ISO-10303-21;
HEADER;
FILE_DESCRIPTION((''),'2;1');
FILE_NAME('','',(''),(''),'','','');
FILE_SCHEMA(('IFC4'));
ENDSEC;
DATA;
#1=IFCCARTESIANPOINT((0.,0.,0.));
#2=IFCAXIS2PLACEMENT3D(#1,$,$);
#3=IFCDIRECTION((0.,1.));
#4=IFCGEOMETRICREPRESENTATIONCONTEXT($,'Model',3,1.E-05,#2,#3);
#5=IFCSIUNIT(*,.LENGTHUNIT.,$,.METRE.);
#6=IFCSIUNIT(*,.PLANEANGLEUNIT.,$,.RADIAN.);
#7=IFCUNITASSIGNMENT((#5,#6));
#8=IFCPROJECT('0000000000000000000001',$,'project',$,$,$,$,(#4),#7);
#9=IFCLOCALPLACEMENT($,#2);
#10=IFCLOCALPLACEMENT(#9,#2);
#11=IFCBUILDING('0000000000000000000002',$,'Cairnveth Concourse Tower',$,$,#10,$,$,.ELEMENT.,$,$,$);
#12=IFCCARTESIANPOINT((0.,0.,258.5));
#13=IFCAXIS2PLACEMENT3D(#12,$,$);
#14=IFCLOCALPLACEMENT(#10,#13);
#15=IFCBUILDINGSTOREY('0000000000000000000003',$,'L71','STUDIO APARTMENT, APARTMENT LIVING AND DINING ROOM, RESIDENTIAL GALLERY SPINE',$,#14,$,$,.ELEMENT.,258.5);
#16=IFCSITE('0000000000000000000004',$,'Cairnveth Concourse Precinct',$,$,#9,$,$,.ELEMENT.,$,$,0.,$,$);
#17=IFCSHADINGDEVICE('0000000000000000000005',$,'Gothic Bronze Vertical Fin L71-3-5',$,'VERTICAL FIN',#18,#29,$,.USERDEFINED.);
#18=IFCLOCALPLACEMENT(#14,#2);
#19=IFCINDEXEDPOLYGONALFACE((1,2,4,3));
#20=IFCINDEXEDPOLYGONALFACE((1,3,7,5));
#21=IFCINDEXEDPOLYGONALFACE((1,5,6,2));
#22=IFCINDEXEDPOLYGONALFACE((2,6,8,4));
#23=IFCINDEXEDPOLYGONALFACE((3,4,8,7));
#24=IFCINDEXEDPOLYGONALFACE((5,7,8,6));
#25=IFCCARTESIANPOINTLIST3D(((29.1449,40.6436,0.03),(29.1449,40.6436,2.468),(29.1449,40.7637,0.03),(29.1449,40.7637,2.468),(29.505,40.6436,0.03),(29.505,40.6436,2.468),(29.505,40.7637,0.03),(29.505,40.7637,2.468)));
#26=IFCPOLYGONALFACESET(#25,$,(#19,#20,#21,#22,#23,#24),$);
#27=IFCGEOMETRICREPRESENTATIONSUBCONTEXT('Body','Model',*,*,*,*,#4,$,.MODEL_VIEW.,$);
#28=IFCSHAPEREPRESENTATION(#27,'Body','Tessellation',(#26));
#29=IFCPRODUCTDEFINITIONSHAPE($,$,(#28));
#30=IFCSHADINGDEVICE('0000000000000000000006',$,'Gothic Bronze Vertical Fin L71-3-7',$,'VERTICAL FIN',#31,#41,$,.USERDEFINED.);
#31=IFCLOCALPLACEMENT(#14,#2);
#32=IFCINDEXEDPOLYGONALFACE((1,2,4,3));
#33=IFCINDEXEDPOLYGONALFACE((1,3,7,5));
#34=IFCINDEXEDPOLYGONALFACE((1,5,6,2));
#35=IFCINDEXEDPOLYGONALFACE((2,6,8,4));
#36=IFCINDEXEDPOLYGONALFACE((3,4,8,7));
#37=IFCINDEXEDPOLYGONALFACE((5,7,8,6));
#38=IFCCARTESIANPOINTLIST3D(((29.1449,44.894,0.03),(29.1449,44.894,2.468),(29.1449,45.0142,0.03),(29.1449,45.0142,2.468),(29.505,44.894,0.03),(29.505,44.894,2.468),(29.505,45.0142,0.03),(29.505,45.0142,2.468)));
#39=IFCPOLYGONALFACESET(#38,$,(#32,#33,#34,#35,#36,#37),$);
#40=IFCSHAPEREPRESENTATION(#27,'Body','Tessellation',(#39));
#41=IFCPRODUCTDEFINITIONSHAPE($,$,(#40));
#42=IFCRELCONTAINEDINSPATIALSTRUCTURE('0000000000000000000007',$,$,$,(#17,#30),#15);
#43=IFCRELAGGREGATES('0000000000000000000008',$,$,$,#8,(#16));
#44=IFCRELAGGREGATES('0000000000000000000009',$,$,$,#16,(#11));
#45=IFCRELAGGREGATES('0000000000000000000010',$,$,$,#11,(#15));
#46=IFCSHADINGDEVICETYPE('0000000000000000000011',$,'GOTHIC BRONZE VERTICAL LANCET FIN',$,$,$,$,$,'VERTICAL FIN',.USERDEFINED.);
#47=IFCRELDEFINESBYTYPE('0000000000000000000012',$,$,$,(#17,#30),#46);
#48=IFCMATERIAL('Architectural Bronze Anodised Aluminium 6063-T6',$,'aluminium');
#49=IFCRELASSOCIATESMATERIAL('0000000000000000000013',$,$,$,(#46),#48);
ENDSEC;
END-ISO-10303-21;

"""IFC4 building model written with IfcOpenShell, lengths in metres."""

from ifc_helpers import new_model, si_unit, direction, frame, origin, origin_2d, place, context, subcontext, project, spatial, rectangle, extrude, material, type_object, element, save


model = new_model("IFC4")

# Units and contexts
model_context = context("Model", 3, precision=1e-05, world=origin(), true_north=direction((0.0, 1.0)))
body_context = subcontext(model_context, "Body", "Model", "MODEL_VIEW")
ifc_project = project(units=[si_unit("LENGTHUNIT", "METRE"), si_unit("PLANEANGLEUNIT", "RADIAN")], contexts=[model_context])

# Site, building, storey
site_placement = place(None, origin())
site = spatial("IfcSite", under=ifc_project, at=site_placement, Name="Cairnveth Concourse Precinct", CompositionType="ELEMENT", RefElevation=0.0)
building_placement = place(site_placement, origin())
building = spatial("IfcBuilding", under=site, at=building_placement, Name="Cairnveth Concourse Tower", CompositionType="ELEMENT")
storey_placement = place(building_placement, frame((0.0, 0.0, 258.5)))
storey = spatial("IfcBuildingStorey", under=building, at=storey_placement, Name="L71", Description="STUDIO APARTMENT, APARTMENT LIVING AND DINING ROOM, RESIDENTIAL GALLERY SPINE", CompositionType="ELEMENT", Elevation=258.5)

# Shading devices
ifc_material_1 = material(Name="Architectural Bronze Anodised Aluminium 6063-T6", Category="aluminium")
shading_device_type = type_object("IfcShadingDeviceType", Name="GOTHIC BRONZE VERTICAL LANCET FIN", ElementType="VERTICAL FIN", PredefinedType="USERDEFINED", material=ifc_material_1)
for number, where, z_axis, x_axis, name in (
    (1, (29.325, 40.7036, 0.03), (0.0, 0.0, 1.0), (0.0, 1.0, 0.0), "Gothic Bronze Vertical Fin L71-3-5"),
    (2, (29.325, 44.9541, 0.03), (0.0, 0.0, 1.0), (0.0, 1.0, 0.0), "Gothic Bronze Vertical Fin L71-3-7"),
):
    element("IfcShadingDevice", number, at=place(storey_placement, frame(where, z_axis=z_axis, x_axis=x_axis)), inside=storey, type_object=shading_device_type, Name=name, ObjectType="VERTICAL FIN", PredefinedType="USERDEFINED", context=body_context, shape_type="SweptSolid", body=[
        extrude(rectangle(XDim=0.1201, YDim=0.3601, at=origin_2d()), origin(), (0.0, 0.0, 1.0), 2.438),
    ])

save(model, "model.ifc")
